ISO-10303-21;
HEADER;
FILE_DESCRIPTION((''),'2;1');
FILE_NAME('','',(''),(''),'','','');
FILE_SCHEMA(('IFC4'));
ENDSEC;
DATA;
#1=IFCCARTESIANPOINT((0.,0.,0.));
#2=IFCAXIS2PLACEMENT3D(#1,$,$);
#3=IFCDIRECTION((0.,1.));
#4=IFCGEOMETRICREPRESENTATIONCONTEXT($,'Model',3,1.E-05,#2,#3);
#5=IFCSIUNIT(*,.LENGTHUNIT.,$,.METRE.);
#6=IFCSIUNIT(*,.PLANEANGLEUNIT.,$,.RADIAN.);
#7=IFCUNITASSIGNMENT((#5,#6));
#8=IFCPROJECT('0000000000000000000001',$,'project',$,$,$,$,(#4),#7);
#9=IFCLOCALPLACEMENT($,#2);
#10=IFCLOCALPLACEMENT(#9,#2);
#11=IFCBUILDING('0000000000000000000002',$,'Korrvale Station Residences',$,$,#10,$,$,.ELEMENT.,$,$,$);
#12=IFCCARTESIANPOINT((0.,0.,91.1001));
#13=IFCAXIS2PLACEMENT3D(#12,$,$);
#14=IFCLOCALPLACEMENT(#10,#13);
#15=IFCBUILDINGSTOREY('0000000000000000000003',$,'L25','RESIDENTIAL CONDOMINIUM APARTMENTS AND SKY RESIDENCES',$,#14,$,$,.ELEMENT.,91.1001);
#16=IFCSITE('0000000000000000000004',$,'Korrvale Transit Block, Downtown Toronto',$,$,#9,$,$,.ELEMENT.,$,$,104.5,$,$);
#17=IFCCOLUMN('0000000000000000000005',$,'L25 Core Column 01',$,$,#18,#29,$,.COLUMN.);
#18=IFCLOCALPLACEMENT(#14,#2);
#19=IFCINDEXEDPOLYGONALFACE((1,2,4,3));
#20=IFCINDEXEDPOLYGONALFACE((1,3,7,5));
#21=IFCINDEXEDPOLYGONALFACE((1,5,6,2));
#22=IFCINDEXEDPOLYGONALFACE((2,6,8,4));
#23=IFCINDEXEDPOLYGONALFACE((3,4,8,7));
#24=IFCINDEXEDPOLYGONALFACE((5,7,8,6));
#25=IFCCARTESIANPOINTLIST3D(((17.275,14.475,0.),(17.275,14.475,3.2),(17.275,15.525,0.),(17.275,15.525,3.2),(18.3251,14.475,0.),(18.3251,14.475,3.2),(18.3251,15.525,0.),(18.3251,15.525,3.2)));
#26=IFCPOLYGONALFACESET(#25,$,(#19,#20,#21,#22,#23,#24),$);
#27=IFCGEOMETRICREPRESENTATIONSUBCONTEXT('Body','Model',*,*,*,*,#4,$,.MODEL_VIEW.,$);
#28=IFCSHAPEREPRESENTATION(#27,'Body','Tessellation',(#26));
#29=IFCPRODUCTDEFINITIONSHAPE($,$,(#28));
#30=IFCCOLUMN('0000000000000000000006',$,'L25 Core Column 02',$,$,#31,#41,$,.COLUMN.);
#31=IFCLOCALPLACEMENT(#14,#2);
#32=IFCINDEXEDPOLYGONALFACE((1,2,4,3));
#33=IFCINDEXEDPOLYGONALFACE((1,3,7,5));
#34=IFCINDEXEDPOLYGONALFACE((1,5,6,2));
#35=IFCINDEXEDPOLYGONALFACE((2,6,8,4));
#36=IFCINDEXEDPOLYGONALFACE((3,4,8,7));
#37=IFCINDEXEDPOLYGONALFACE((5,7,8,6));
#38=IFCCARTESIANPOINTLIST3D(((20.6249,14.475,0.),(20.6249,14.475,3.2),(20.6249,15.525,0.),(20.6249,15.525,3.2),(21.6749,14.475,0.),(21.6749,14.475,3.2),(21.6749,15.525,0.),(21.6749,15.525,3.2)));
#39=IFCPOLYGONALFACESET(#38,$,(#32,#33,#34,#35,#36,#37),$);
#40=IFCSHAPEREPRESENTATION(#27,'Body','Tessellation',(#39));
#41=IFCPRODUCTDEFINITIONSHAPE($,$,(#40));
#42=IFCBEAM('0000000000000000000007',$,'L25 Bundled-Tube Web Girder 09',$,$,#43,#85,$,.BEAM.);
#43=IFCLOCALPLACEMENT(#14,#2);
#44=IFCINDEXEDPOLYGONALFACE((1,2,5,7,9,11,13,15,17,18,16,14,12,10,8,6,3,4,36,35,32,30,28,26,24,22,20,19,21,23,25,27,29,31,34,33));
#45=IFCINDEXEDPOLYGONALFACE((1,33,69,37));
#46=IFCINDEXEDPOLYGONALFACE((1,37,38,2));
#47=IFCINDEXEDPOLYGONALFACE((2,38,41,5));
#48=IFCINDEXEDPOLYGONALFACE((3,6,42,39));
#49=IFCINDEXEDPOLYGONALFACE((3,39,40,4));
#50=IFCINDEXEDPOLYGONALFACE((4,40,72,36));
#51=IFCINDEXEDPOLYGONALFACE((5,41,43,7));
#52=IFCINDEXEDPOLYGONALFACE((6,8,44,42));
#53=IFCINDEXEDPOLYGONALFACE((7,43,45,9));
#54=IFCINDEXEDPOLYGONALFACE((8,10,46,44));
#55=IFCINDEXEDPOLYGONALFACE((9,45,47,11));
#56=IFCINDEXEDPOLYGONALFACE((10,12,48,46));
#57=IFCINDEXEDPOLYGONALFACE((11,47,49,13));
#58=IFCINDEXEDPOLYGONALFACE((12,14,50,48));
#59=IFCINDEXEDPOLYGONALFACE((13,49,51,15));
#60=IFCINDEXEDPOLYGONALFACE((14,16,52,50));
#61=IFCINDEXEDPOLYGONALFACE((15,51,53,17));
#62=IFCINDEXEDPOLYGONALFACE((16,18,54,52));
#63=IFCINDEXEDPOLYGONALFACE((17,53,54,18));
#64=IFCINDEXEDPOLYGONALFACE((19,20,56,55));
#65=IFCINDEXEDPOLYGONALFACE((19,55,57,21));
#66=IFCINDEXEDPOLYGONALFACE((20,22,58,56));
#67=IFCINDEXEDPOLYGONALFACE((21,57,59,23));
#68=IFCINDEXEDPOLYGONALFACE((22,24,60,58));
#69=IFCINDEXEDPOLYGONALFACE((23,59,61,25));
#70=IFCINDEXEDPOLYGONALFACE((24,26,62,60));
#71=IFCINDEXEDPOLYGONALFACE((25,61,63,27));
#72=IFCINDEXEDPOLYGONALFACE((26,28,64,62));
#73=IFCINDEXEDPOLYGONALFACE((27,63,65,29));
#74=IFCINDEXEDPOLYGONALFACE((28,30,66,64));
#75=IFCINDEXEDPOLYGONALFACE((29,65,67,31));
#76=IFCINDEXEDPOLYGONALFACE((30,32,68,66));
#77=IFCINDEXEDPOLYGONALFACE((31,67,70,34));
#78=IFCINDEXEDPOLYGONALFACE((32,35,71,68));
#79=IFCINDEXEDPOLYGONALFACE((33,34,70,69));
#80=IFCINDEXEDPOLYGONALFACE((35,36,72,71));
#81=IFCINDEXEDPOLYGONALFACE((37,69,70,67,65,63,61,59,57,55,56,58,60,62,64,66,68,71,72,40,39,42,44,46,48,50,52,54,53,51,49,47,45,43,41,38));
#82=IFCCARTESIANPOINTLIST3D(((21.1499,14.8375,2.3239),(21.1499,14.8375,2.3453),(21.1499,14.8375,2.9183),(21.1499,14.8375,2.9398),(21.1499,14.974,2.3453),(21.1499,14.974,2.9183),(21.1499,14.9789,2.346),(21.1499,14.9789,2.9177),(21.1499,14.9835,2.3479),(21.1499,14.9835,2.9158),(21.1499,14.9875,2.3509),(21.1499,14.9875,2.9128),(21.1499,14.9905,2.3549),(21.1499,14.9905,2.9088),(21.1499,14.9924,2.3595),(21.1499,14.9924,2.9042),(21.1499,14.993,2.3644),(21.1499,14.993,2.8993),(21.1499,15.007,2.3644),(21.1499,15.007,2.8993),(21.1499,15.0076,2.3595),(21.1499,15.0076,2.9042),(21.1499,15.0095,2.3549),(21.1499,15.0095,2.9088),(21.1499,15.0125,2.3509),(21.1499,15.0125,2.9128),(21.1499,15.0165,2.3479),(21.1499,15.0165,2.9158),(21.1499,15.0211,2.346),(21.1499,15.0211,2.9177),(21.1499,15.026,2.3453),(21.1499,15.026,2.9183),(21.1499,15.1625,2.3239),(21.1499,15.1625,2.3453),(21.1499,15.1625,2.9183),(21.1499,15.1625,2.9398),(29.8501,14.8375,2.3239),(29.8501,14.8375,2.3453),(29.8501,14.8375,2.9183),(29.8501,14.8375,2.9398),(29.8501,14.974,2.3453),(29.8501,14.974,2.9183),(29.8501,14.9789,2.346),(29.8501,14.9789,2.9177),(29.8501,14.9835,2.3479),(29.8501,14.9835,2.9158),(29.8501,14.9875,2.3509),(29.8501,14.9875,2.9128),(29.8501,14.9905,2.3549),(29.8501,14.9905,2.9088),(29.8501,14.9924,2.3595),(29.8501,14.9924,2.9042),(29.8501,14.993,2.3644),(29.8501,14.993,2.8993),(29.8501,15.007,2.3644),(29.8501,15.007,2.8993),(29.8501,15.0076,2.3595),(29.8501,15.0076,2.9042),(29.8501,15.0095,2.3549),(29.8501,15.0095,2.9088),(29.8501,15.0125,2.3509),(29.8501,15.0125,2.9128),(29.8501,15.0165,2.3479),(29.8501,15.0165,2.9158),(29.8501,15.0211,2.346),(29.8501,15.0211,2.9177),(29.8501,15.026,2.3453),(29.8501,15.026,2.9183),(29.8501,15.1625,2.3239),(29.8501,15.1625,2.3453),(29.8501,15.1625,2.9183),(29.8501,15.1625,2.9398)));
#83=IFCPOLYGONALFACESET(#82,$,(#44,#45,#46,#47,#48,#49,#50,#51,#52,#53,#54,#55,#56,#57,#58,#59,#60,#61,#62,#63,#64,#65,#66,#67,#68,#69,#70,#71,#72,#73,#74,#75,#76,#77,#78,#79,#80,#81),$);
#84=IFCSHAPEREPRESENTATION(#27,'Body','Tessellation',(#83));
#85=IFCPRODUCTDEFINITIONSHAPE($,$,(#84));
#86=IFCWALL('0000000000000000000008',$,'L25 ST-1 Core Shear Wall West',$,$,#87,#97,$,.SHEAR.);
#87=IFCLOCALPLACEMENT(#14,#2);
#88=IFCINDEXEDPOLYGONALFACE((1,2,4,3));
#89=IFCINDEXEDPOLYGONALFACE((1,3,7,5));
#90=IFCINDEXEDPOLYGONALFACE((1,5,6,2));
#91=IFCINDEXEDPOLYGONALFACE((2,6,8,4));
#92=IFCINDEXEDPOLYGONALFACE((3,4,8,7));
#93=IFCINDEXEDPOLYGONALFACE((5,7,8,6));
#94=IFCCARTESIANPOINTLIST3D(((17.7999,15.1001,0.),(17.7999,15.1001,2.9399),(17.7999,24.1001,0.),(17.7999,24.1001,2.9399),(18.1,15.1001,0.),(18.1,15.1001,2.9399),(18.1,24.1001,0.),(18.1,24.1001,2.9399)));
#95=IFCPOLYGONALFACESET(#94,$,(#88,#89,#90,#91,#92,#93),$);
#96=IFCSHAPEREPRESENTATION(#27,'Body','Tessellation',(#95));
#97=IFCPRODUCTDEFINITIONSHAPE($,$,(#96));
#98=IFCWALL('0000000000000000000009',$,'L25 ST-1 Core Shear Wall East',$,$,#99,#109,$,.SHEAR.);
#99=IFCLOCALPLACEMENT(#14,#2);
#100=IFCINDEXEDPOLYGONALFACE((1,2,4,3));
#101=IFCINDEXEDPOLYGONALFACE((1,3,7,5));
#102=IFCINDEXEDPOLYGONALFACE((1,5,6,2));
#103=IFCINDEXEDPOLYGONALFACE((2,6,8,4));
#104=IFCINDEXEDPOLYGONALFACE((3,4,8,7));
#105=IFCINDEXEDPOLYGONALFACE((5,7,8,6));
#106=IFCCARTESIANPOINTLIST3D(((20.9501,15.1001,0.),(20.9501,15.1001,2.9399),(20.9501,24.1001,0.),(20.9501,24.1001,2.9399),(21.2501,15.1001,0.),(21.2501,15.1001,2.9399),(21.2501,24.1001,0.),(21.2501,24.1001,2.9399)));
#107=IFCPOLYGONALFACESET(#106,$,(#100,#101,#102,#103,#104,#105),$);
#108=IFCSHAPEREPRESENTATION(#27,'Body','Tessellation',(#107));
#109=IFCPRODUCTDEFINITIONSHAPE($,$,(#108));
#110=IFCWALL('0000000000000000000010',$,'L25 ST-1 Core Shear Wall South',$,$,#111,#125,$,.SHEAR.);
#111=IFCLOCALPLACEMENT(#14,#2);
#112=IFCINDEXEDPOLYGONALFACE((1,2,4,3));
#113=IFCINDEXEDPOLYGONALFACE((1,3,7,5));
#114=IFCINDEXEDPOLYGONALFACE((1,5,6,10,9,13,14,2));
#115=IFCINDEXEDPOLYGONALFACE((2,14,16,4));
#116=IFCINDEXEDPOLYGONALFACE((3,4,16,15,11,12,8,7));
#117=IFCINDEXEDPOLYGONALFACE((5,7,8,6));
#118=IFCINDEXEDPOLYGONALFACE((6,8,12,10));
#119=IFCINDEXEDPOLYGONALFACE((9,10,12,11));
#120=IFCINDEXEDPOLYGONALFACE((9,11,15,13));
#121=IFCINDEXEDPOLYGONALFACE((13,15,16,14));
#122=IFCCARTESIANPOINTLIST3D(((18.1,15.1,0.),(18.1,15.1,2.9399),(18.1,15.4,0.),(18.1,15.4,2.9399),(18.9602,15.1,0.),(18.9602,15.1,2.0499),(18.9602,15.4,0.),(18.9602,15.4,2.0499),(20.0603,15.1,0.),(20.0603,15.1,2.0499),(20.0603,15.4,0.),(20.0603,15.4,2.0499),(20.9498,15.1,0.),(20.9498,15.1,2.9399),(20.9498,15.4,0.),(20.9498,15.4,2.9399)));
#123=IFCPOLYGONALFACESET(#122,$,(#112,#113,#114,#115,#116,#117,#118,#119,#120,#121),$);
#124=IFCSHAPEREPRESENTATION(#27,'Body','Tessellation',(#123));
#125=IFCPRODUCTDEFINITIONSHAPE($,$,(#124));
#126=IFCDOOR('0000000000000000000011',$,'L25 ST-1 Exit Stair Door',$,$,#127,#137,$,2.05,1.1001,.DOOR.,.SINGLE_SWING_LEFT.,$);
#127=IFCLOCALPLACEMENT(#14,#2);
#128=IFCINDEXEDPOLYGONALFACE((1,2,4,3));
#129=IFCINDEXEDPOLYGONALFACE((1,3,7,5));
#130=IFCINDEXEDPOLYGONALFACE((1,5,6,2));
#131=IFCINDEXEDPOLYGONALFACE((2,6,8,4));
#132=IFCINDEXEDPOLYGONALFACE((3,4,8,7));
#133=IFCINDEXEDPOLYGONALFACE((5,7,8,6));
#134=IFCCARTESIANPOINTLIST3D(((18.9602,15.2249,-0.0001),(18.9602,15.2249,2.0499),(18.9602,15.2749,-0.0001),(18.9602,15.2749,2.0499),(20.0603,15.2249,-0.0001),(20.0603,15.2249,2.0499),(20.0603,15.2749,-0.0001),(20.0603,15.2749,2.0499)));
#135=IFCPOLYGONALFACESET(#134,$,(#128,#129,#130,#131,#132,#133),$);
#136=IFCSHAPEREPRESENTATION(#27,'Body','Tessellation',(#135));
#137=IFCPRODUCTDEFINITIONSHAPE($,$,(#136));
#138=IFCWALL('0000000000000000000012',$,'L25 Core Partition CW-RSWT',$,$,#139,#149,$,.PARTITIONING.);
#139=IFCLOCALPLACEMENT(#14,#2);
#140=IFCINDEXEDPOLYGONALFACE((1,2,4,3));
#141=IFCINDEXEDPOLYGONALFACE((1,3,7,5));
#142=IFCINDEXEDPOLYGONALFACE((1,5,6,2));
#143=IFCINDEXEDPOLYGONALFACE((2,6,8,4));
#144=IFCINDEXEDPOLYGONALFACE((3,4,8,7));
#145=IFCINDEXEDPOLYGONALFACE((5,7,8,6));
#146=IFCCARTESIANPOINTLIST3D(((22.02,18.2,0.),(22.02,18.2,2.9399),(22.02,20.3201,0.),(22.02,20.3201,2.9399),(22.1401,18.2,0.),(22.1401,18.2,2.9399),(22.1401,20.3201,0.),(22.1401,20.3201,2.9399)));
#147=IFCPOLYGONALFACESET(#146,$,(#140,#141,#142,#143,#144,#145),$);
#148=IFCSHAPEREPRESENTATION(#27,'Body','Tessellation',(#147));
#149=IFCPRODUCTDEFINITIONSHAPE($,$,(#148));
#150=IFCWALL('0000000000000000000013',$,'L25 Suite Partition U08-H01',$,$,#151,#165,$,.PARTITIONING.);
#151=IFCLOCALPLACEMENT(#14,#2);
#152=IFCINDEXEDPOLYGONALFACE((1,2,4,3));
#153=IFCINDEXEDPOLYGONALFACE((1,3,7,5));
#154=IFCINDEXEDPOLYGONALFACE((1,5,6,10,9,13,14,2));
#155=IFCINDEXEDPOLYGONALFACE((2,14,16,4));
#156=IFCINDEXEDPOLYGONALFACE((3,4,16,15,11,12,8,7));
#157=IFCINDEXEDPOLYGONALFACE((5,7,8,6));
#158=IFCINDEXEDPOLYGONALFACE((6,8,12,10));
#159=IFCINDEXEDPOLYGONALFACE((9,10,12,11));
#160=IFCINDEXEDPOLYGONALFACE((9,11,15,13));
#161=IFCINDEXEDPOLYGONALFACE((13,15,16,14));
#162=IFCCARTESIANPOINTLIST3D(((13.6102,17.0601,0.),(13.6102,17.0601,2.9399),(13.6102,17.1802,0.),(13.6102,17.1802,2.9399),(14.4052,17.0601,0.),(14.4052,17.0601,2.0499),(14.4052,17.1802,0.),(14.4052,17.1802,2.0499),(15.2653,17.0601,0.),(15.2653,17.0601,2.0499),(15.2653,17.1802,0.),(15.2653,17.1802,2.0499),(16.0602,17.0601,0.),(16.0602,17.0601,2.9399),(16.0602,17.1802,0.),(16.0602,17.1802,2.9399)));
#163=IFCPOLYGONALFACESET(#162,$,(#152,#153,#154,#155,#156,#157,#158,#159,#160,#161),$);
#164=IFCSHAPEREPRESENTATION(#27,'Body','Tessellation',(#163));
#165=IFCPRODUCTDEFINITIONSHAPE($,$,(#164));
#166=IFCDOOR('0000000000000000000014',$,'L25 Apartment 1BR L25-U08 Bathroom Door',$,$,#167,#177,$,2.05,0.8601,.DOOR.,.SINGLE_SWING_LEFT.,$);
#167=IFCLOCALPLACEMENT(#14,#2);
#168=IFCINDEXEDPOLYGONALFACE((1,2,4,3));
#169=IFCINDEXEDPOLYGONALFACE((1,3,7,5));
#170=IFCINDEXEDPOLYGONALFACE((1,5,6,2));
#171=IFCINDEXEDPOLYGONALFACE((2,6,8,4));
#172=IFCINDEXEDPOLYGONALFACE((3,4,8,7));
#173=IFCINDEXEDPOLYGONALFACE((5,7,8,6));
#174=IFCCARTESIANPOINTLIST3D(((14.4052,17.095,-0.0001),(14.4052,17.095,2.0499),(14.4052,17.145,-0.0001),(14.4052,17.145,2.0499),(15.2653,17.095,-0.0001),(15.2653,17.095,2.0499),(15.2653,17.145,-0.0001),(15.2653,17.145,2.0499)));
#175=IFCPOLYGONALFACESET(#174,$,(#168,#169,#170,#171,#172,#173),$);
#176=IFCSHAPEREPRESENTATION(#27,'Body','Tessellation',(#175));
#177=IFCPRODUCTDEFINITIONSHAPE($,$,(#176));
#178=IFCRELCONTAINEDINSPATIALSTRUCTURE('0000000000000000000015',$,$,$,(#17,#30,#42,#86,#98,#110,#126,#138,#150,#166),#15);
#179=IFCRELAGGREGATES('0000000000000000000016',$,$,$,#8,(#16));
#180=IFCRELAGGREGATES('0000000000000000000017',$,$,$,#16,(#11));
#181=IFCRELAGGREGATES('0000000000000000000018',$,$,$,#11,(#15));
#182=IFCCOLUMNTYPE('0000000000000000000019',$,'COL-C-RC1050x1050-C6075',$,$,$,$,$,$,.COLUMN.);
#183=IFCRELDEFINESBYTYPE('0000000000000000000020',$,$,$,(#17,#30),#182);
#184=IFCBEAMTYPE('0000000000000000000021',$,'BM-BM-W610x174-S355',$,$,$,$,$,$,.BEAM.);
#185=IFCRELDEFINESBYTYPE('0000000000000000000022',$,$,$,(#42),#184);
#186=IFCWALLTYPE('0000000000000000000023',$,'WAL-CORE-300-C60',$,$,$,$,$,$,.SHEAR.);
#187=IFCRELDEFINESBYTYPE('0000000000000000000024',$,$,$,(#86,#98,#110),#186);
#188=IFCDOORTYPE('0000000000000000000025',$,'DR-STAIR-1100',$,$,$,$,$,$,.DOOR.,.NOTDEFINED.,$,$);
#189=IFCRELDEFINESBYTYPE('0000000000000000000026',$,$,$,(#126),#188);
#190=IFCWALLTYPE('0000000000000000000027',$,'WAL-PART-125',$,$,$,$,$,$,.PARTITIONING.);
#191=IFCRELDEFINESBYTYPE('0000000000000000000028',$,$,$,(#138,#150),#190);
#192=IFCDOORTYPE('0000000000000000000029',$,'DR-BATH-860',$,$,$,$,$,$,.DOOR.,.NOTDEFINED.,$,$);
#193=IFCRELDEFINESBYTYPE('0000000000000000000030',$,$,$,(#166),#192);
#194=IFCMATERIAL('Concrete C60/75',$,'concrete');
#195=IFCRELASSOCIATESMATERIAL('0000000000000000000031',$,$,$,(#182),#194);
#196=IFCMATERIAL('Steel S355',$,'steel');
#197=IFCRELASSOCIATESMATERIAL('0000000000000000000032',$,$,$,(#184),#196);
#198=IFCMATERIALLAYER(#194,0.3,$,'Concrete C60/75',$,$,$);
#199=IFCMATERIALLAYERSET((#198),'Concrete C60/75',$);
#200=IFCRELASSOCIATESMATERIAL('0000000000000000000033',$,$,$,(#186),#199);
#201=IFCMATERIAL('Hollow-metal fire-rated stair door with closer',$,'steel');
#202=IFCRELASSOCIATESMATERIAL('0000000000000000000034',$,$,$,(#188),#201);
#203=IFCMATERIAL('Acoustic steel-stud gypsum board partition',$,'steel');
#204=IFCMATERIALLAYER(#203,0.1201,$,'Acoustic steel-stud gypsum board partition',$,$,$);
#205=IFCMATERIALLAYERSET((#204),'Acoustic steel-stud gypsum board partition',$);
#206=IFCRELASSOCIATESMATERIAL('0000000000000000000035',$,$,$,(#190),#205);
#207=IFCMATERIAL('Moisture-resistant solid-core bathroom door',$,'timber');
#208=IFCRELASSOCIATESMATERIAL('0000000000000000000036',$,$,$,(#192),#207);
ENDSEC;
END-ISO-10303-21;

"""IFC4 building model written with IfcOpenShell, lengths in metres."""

from ifc_helpers import new_model, si_unit, direction, frame, frame_2d, origin, origin_2d, place, context, subcontext, project, spatial, rectangle, i_section, extrude, material, layer, layer_set, material_profile, profile_set, type_object, element, fill, save


model = new_model("IFC4")

# Units and contexts
model_context = context("Model", 3, precision=1e-05, world=origin(), true_north=direction((0.0, 1.0)))
body_context = subcontext(model_context, "Body", "Model", "MODEL_VIEW")
ifc_project = project(units=[si_unit("LENGTHUNIT", "METRE"), si_unit("PLANEANGLEUNIT", "RADIAN")], contexts=[model_context])

# Site, building, storey
site_placement = place(None, origin())
site = spatial("IfcSite", under=ifc_project, at=site_placement, Name="Korrvale Transit Block, Downtown Toronto", CompositionType="ELEMENT", RefElevation=104.5)
building_placement = place(site_placement, origin())
building = spatial("IfcBuilding", under=site, at=building_placement, Name="Korrvale Station Residences", CompositionType="ELEMENT")
storey_placement = place(building_placement, frame((0.0, 0.0, 91.1001)))
storey = spatial("IfcBuildingStorey", under=building, at=storey_placement, Name="L25", Description="RESIDENTIAL CONDOMINIUM APARTMENTS AND SKY RESIDENCES", CompositionType="ELEMENT", Elevation=91.1001)

# Columns
ifc_material_1 = material(Name="Concrete C60/75", Category="concrete")
ifc_material_profile_1 = material_profile(ifc_material_1, rectangle(XDim=1.05, YDim=1.05, at=origin_2d()), Name="RC1050x1050")
ifc_profile_set_1 = profile_set([ifc_material_profile_1], Name="Concrete C60/75")
column_type = type_object("IfcColumnType", Name="COL-C-RC1050x1050-C6075", PredefinedType="COLUMN", material=ifc_profile_set_1)
for number, where, z_axis, x_axis, name in (
    (1, (17.8, 15.0, 0.0), (0.0, 0.0, 1.0), (1.0, 0.0, 0.0), "L25 Core Column 01"),
    (2, (21.1499, 15.0, 0.0), (0.0, 0.0, 1.0), (1.0, 0.0, 0.0), "L25 Core Column 02"),
):
    element("IfcColumn", number, at=place(storey_placement, frame(where, z_axis=z_axis, x_axis=x_axis)), inside=storey, type_object=column_type, Name=name, PredefinedType="COLUMN", context=body_context, shape_type="SweptSolid", body=[
        extrude(rectangle(XDim=1.05, YDim=1.05, at=origin_2d()), origin(), (0.0, 0.0, 1.0), 3.2),
    ])

# Beam
ifc_material_2 = material(Name="Steel S355", Category="steel")
ifc_material_profile_2 = material_profile(ifc_material_2, i_section(OverallWidth=0.325, OverallDepth=0.616, WebThickness=0.0139, FlangeThickness=0.0215, FilletRadius=0.019, at=origin_2d()), Name="W610x174")
ifc_profile_set_2 = profile_set([ifc_material_profile_2], Name="Steel S355")
beam_type = type_object("IfcBeamType", Name="BM-BM-W610x174-S355", PredefinedType="BEAM", material=ifc_profile_set_2)
beam_placement = place(storey_placement, frame((21.1499, 15.0, 2.6318), z_axis=(1.0, 0.0, 0.0), x_axis=(0.0, 1.0, 0.0)))
element("IfcBeam", 3, at=beam_placement, inside=storey, type_object=beam_type, Name="L25 Bundled-Tube Web Girder 09", PredefinedType="BEAM", context=body_context, shape_type="SweptSolid", body=[
    extrude(i_section(OverallWidth=0.325, OverallDepth=0.616, WebThickness=0.0139, FlangeThickness=0.0215, FilletRadius=0.019, at=origin_2d()), origin(), (0.0, 0.0, 1.0), 8.7002),
])

# Walls
ifc_layer_1 = layer(ifc_material_1, 0.3, Name="Concrete C60/75")
ifc_layer_set_1 = layer_set([ifc_layer_1], Name="Concrete C60/75")
wall_type_1 = type_object("IfcWallType", Name="WAL-CORE-300-C60", PredefinedType="SHEAR", material=ifc_layer_set_1)
for number, where, z_axis, x_axis, name in (
    (4, (17.95, 15.1001, 0.0), (0.0, 0.0, 1.0), (0.0, 1.0, 0.0), "L25 ST-1 Core Shear Wall West"),
    (5, (21.1001, 15.1001, 0.0), (0.0, 0.0, 1.0), (0.0, 1.0, 0.0), "L25 ST-1 Core Shear Wall East"),
):
    element("IfcWall", number, at=place(storey_placement, frame(where, z_axis=z_axis, x_axis=x_axis)), inside=storey, type_object=wall_type_1, Name=name, PredefinedType="SHEAR", context=body_context, shape_type="SweptSolid", body=[
        extrude(rectangle(XDim=9.0, YDim=0.3, at=frame_2d((4.5, 0.0))), origin(), (0.0, 0.0, 1.0), 2.9399),
    ])

# Wall, opening, door
wall_1_placement = place(storey_placement, frame((18.1001, 15.25, 0.0), z_axis=(0.0, 0.0, 1.0), x_axis=(1.0, 0.0, 0.0)))
wall_1 = element("IfcWall", 6, at=wall_1_placement, inside=storey, type_object=wall_type_1, Name="L25 ST-1 Core Shear Wall South", PredefinedType="SHEAR", context=body_context, shape_type="SweptSolid", body=[
    extrude(rectangle(XDim=2.8499, YDim=0.3, at=frame_2d((1.4248, 0.0))), origin(), (0.0, 0.0, 1.0), 2.9399),
])
opening_1_placement = place(wall_1_placement, frame((0.8601, 0.0, 0.0)))
opening_1 = element("IfcOpeningElement", 7, at=opening_1_placement, cuts=wall_1, PredefinedType="OPENING", context=body_context, shape_type="SweptSolid", body=[
    extrude(rectangle(XDim=1.1001, YDim=2.05, at=frame_2d((0.55, 1.0249))), frame((0.0, 0.1602, 0.0), z_axis=(0.0, -1.0, 0.0), x_axis=(1.0, 0.0, 0.0)), (0.0, 0.0, 1.0), 0.3201),
])
ifc_material_3 = material(Name="Hollow-metal fire-rated stair door with closer", Category="steel")
door_type_1 = type_object("IfcDoorType", Name="DR-STAIR-1100", OperationType="NOTDEFINED", PredefinedType="DOOR", material=ifc_material_3)
door_1_placement = place(opening_1_placement, origin())
door_1 = element("IfcDoor", 8, at=door_1_placement, inside=storey, type_object=door_type_1, Name="L25 ST-1 Exit Stair Door", OperationType="SINGLE_SWING_LEFT", OverallHeight=2.05, OverallWidth=1.1001, PredefinedType="DOOR", context=body_context, shape_type="SweptSolid", body=[
    extrude(rectangle(XDim=1.1001, YDim=2.05, at=frame_2d((0.55, 1.0249))), frame((0.0, 0.0249, 0.0), z_axis=(0.0, -1.0, 0.0), x_axis=(1.0, 0.0, 0.0)), (0.0, 0.0, 1.0), 0.05),
])
fill(opening_1, door_1)

# Wall
ifc_material_4 = material(Name="Acoustic steel-stud gypsum board partition", Category="steel")
ifc_layer_2 = layer(ifc_material_4, 0.1201, Name="Acoustic steel-stud gypsum board partition")
ifc_layer_set_2 = layer_set([ifc_layer_2], Name="Acoustic steel-stud gypsum board partition")
wall_type_2 = type_object("IfcWallType", Name="WAL-PART-125", PredefinedType="PARTITIONING", material=ifc_layer_set_2)
wall_2_placement = place(storey_placement, frame((22.0801, 18.2, 0.0), z_axis=(0.0, 0.0, 1.0), x_axis=(0.0, 1.0, 0.0)))
element("IfcWall", 9, at=wall_2_placement, inside=storey, type_object=wall_type_2, Name="L25 Core Partition CW-RSWT", PredefinedType="PARTITIONING", context=body_context, shape_type="SweptSolid", body=[
    extrude(rectangle(XDim=2.1201, YDim=0.1201, at=frame_2d((1.0601, 0.0))), origin(), (0.0, 0.0, 1.0), 2.9399),
])

# Wall, opening, door
wall_3_placement = place(storey_placement, frame((13.6101, 17.1201, 0.0), z_axis=(0.0, 0.0, 1.0), x_axis=(1.0, 0.0, 0.0)))
wall_3 = element("IfcWall", 10, at=wall_3_placement, inside=storey, type_object=wall_type_2, Name="L25 Suite Partition U08-H01", PredefinedType="PARTITIONING", context=body_context, shape_type="SweptSolid", body=[
    extrude(rectangle(XDim=2.45, YDim=0.1201, at=frame_2d((1.2251, 0.0))), origin(), (0.0, 0.0, 1.0), 2.9399),
])
opening_2_placement = place(wall_3_placement, frame((0.7949, 0.0, 0.0)))
opening_2 = element("IfcOpeningElement", 11, at=opening_2_placement, cuts=wall_3, PredefinedType="OPENING", context=body_context, shape_type="SweptSolid", body=[
    extrude(rectangle(XDim=0.8601, YDim=2.05, at=frame_2d((0.4302, 1.0249))), frame((0.0, 0.0701, 0.0), z_axis=(0.0, -1.0, 0.0), x_axis=(1.0, 0.0, 0.0)), (0.0, 0.0, 1.0), 0.1401),
])
ifc_material_5 = material(Name="Moisture-resistant solid-core bathroom door", Category="timber")
door_type_2 = type_object("IfcDoorType", Name="DR-BATH-860", OperationType="NOTDEFINED", PredefinedType="DOOR", material=ifc_material_5)
door_2_placement = place(opening_2_placement, origin())
door_2 = element("IfcDoor", 12, at=door_2_placement, inside=storey, type_object=door_type_2, Name="L25 Apartment 1BR L25-U08 Bathroom Door", OperationType="SINGLE_SWING_LEFT", OverallHeight=2.05, OverallWidth=0.8601, PredefinedType="DOOR", context=body_context, shape_type="SweptSolid", body=[
    extrude(rectangle(XDim=0.8601, YDim=2.05, at=frame_2d((0.4302, 1.0249))), frame((0.0, 0.0249, 0.0), z_axis=(0.0, -1.0, 0.0), x_axis=(1.0, 0.0, 0.0)), (0.0, 0.0, 1.0), 0.05),
])
fill(opening_2, door_2)

save(model, "model.ifc")
